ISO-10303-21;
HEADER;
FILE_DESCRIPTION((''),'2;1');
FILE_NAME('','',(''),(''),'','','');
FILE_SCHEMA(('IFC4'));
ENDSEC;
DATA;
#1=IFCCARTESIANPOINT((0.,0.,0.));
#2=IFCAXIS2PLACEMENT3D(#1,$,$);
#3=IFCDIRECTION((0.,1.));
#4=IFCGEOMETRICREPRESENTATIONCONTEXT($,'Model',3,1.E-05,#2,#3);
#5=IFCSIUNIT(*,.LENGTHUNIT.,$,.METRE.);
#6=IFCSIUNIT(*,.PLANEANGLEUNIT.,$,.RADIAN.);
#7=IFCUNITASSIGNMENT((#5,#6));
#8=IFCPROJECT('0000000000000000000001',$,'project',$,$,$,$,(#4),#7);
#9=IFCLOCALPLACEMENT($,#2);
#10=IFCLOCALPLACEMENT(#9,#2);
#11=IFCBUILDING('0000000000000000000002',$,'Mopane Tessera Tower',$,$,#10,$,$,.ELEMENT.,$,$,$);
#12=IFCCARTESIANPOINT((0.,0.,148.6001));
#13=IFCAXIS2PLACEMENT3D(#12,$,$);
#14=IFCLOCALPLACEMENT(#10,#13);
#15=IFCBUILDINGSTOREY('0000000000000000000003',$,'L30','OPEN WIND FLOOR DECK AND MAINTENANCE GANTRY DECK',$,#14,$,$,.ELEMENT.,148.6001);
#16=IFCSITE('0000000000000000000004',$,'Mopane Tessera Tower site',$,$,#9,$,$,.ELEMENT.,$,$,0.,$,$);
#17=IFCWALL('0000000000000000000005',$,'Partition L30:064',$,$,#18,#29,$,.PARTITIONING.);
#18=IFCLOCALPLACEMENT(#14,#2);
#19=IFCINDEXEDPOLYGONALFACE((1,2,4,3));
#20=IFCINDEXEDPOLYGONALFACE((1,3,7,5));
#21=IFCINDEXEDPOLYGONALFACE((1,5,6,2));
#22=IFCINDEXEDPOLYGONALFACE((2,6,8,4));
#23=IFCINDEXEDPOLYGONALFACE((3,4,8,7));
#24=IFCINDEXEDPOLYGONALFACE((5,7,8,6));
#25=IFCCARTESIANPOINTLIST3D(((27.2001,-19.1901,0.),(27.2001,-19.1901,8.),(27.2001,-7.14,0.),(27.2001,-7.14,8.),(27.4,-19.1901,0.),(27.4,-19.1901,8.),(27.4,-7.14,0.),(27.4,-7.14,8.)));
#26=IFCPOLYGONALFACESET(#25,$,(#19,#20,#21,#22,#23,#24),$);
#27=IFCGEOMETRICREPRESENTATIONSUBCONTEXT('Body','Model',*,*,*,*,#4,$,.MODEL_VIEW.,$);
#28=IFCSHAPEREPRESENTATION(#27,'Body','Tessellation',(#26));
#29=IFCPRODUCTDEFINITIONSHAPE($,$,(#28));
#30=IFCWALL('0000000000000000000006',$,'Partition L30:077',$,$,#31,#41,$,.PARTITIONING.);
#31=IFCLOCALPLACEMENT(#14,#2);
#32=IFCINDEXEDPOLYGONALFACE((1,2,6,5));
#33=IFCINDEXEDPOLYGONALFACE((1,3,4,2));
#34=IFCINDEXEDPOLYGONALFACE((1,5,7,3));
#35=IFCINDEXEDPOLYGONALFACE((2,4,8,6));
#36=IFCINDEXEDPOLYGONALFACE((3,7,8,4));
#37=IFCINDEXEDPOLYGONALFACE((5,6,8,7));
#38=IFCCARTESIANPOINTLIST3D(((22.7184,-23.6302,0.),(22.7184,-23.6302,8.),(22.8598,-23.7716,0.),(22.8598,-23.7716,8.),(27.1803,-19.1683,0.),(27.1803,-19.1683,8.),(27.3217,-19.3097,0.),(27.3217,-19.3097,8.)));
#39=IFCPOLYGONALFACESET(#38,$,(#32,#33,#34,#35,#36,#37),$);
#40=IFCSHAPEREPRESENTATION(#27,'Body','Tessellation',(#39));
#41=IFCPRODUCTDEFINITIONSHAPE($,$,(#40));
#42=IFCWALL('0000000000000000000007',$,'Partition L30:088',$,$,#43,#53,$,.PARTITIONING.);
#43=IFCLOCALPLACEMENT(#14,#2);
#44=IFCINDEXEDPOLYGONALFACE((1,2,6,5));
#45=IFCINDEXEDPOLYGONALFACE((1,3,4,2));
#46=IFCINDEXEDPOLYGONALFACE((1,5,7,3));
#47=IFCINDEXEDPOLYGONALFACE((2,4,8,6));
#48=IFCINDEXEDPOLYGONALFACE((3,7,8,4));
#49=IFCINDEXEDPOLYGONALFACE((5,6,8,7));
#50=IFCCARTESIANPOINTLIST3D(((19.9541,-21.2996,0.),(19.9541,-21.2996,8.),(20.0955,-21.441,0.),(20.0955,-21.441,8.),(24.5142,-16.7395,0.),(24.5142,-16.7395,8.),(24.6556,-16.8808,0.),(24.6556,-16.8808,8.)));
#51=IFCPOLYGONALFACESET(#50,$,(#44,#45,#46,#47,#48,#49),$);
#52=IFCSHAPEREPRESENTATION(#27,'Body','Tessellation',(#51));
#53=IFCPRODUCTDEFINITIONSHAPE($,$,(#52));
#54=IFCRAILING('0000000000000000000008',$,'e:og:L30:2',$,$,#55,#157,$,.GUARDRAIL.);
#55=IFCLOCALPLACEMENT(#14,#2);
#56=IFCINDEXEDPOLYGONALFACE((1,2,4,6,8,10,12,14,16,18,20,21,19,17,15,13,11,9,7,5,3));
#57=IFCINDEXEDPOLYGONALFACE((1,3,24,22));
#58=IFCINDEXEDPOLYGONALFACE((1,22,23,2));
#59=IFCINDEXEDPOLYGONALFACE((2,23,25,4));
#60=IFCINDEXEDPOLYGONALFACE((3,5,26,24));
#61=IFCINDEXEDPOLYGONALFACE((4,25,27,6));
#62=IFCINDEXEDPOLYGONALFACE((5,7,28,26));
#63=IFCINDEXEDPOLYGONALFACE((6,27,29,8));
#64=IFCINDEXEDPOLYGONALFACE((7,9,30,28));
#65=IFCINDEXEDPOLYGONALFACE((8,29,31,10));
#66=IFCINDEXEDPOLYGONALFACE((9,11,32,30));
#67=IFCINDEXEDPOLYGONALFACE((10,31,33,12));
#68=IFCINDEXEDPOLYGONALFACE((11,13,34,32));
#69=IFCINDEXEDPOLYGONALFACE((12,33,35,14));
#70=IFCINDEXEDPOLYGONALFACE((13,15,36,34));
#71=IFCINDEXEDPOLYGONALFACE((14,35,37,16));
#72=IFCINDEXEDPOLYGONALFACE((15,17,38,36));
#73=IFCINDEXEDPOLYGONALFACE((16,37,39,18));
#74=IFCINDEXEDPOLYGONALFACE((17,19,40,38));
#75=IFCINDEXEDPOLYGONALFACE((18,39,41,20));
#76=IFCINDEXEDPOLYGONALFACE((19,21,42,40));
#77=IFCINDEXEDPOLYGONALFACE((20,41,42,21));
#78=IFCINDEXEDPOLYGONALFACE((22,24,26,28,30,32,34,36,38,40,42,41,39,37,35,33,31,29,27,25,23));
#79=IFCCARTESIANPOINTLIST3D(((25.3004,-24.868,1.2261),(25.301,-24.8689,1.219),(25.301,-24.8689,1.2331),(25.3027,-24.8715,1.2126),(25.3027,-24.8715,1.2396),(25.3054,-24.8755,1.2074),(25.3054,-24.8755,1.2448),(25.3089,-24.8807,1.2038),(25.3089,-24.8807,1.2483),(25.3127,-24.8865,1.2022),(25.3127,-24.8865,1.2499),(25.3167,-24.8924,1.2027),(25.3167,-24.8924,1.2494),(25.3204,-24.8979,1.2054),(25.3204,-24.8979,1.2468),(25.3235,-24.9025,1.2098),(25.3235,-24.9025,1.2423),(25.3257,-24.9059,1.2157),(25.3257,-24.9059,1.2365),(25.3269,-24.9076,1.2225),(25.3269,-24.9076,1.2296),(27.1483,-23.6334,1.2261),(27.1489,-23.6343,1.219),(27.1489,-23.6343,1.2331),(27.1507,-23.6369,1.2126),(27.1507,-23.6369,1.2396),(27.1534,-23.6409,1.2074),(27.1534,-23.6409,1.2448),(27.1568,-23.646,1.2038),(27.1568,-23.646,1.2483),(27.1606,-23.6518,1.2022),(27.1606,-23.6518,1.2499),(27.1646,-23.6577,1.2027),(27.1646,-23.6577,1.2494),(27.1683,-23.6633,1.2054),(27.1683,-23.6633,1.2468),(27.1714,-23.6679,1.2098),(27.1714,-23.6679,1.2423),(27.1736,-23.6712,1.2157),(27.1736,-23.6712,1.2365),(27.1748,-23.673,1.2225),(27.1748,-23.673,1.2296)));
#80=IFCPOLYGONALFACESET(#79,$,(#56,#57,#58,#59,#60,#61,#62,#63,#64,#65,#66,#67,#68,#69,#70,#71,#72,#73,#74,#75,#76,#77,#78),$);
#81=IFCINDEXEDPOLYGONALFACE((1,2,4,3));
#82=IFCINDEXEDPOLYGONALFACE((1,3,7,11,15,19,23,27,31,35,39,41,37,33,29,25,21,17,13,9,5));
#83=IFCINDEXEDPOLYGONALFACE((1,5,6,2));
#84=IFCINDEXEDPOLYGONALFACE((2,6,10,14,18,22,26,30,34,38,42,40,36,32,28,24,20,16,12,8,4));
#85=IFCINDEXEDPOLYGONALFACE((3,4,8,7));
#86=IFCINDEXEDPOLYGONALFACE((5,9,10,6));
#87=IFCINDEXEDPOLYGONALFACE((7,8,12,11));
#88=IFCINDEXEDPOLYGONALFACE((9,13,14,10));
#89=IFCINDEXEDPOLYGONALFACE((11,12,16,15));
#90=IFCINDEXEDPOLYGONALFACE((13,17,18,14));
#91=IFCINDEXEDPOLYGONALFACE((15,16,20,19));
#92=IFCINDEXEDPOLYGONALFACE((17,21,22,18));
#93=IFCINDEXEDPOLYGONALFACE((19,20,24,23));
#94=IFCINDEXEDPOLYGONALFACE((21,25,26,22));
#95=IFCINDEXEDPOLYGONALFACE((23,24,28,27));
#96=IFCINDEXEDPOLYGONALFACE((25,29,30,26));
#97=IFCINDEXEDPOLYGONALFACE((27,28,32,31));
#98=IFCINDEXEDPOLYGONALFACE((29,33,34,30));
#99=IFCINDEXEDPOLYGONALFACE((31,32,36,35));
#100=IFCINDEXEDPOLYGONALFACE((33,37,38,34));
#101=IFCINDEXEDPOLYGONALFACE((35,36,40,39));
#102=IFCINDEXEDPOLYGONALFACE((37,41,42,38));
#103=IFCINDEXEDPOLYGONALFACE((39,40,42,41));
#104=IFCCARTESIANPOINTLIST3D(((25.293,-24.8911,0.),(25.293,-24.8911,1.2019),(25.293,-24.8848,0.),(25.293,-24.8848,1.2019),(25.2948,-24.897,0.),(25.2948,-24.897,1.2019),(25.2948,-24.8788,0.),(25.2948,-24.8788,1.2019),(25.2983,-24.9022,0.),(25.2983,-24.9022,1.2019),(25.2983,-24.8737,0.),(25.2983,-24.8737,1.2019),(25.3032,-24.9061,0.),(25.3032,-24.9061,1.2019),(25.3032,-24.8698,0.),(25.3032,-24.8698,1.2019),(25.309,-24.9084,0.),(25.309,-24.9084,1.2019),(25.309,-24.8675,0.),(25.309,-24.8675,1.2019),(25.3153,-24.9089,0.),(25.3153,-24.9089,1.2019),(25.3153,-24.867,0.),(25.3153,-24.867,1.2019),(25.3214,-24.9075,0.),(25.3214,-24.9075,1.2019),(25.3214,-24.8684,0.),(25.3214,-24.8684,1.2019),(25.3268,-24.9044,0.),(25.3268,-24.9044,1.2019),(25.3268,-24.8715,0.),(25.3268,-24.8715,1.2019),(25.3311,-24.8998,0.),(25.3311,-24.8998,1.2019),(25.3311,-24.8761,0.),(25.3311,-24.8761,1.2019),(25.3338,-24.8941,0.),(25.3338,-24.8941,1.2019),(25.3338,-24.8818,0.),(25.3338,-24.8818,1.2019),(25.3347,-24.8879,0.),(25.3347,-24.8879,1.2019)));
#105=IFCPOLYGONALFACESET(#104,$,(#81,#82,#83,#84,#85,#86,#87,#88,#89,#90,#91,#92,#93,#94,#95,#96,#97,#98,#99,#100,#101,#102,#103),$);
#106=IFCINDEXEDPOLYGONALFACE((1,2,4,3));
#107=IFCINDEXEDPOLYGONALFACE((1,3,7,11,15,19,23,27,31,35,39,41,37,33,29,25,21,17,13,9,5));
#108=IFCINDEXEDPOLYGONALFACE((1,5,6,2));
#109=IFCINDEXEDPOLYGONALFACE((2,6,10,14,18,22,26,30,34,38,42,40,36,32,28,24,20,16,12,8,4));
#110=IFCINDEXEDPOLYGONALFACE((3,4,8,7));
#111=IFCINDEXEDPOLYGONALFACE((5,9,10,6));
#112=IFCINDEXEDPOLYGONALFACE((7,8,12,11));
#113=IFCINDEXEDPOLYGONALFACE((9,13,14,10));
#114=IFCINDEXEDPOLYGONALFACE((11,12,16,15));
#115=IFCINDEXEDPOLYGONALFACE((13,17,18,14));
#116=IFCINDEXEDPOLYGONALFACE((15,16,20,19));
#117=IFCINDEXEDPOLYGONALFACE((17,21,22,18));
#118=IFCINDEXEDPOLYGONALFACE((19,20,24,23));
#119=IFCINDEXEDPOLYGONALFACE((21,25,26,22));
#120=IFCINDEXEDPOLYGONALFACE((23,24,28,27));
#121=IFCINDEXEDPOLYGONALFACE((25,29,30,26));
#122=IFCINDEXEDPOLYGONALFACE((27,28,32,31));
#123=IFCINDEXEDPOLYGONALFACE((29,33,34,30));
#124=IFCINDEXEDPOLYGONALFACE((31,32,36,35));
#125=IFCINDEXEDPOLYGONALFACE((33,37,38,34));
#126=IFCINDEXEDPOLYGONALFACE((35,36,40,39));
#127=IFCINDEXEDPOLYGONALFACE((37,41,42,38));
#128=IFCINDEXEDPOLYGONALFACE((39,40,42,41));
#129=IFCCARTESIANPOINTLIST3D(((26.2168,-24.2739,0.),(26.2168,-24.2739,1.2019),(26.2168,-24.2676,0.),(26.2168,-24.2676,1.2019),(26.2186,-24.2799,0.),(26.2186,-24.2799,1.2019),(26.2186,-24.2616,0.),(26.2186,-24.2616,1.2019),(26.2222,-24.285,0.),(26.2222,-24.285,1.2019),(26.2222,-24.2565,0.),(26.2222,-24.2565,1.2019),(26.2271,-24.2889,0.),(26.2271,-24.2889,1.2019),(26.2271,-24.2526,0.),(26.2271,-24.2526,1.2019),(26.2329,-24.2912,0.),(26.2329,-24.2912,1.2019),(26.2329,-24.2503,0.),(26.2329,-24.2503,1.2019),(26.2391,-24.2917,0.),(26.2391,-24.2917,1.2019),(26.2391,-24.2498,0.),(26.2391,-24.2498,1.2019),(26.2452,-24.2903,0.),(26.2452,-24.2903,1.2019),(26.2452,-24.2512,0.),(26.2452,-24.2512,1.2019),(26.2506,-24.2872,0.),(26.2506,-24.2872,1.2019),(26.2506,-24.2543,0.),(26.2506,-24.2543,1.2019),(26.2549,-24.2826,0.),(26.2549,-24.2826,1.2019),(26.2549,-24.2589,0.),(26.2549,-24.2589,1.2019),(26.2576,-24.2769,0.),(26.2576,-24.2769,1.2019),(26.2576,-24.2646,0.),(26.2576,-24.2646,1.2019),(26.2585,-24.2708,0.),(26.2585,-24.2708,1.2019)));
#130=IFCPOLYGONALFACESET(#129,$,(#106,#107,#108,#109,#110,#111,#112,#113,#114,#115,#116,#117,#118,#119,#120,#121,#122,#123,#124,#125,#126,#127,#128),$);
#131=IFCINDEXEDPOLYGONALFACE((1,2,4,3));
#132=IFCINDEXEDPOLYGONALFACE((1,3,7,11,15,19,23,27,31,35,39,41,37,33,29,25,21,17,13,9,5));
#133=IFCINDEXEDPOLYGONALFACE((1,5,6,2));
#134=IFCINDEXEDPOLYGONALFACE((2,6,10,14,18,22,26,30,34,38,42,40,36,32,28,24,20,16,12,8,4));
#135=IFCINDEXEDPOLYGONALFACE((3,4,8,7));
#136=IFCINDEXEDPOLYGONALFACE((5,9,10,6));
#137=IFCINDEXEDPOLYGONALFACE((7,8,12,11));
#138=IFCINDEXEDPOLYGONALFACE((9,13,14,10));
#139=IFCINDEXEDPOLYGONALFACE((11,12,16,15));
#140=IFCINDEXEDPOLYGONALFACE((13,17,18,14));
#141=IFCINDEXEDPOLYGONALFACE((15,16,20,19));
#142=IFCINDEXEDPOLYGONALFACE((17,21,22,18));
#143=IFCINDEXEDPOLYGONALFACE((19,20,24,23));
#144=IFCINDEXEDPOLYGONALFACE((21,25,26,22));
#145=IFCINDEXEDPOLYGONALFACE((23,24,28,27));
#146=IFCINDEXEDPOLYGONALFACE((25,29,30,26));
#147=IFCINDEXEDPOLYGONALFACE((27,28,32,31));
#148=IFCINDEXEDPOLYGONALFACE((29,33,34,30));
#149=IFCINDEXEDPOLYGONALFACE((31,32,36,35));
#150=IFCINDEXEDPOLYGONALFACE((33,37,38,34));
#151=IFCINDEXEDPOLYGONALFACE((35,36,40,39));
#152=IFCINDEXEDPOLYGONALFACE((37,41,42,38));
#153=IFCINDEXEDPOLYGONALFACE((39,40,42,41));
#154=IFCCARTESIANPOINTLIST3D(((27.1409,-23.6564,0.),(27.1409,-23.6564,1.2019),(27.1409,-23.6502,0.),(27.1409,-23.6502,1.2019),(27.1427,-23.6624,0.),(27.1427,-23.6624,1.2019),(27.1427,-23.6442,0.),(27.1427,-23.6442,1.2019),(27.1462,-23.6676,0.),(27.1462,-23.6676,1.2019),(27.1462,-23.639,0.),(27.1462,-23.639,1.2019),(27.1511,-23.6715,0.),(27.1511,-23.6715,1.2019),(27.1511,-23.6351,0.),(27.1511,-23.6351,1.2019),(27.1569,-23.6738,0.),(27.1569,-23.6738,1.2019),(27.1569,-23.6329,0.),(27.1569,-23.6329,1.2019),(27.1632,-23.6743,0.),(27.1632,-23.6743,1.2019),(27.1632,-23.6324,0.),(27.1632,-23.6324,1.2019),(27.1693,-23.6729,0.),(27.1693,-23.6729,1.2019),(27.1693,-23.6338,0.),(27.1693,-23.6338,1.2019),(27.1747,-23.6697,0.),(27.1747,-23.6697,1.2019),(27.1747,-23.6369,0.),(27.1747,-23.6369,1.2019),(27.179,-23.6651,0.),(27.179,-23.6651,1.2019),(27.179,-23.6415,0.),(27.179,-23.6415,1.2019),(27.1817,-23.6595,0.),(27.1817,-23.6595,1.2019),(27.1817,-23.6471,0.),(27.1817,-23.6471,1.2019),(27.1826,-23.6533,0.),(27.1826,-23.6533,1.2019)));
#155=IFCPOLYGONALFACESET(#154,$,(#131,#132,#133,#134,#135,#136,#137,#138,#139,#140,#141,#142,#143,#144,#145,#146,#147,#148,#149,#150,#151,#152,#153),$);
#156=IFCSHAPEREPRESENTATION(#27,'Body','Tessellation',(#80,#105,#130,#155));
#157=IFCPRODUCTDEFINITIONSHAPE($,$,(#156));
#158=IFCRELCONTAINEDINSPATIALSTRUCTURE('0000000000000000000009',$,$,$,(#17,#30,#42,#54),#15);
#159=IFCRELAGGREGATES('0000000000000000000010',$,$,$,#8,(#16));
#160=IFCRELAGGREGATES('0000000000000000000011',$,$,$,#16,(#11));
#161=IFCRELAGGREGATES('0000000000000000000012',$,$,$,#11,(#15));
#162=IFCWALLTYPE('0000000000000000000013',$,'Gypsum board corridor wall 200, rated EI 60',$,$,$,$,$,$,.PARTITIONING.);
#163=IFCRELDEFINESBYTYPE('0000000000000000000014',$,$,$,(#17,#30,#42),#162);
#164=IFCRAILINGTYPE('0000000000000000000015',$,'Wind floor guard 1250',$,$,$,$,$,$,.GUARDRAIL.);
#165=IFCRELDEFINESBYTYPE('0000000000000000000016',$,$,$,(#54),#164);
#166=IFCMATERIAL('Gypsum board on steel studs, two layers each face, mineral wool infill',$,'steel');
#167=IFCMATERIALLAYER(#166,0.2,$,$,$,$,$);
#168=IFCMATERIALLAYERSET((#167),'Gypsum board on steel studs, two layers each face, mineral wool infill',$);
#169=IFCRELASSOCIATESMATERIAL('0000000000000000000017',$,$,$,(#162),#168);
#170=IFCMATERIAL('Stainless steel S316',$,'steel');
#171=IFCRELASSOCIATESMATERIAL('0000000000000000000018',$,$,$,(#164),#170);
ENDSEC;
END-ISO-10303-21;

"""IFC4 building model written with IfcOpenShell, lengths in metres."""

from ifc_helpers import new_model, si_unit, direction, frame, frame_2d, origin, origin_2d, place, context, subcontext, project, spatial, rectangle, circle, extrude, material, layer, layer_set, type_object, element, save


model = new_model("IFC4")

# Units and contexts
model_context = context("Model", 3, precision=1e-05, world=origin(), true_north=direction((0.0, 1.0)))
body_context = subcontext(model_context, "Body", "Model", "MODEL_VIEW")
ifc_project = project(units=[si_unit("LENGTHUNIT", "METRE"), si_unit("PLANEANGLEUNIT", "RADIAN")], contexts=[model_context])

# Site, building, storey
site_placement = place(None, origin())
site = spatial("IfcSite", under=ifc_project, at=site_placement, Name="Mopane Tessera Tower site", CompositionType="ELEMENT", RefElevation=0.0)
building_placement = place(site_placement, origin())
building = spatial("IfcBuilding", under=site, at=building_placement, Name="Mopane Tessera Tower", CompositionType="ELEMENT")
storey_placement = place(building_placement, frame((0.0, 0.0, 148.6001)))
storey = spatial("IfcBuildingStorey", under=building, at=storey_placement, Name="L30", Description="OPEN WIND FLOOR DECK AND MAINTENANCE GANTRY DECK", CompositionType="ELEMENT", Elevation=148.6001)

# Walls
ifc_material_1 = material(Name="Gypsum board on steel studs, two layers each face, mineral wool infill", Category="steel")
ifc_layer_1 = layer(ifc_material_1, 0.2)
ifc_layer_set_1 = layer_set([ifc_layer_1], Name="Gypsum board on steel studs, two layers each face, mineral wool infill")
wall_type = type_object("IfcWallType", Name="Gypsum board corridor wall 200, rated EI 60", PredefinedType="PARTITIONING", material=ifc_layer_set_1)
wall_1_placement = place(storey_placement, frame((27.3, -19.1899, 0.0), z_axis=(0.0, 0.0, 1.0), x_axis=(0.0, 1.0, 0.0)))
element("IfcWall", 1, at=wall_1_placement, inside=storey, type_object=wall_type, Name="Partition L30:064", PredefinedType="PARTITIONING", context=body_context, shape_type="SweptSolid", body=[
    extrude(rectangle(XDim=12.05, YDim=0.2, at=frame_2d((6.0249, 0.0))), origin(), (0.0, 0.0, 1.0), 8.0),
])
wall_2_placement = place(storey_placement, frame((27.251, -19.239, 0.0), z_axis=(0.0, 0.0, 1.0), x_axis=(-0.707107, -0.707107, 0.0)))
element("IfcWall", 2, at=wall_2_placement, inside=storey, type_object=wall_type, Name="Partition L30:077", PredefinedType="PARTITIONING", context=body_context, shape_type="SweptSolid", body=[
    extrude(rectangle(XDim=6.3101, YDim=0.2, at=frame_2d((3.155, 0.0))), origin(), (0.0, 0.0, 1.0), 8.0),
])
wall_3_placement = place(storey_placement, frame((24.585, -16.8101, 0.0), z_axis=(0.0, 0.0, 1.0), x_axis=(-0.707107, -0.707107, 0.0)))
element("IfcWall", 3, at=wall_3_placement, inside=storey, type_object=wall_type, Name="Partition L30:088", PredefinedType="PARTITIONING", context=body_context, shape_type="SweptSolid", body=[
    extrude(rectangle(XDim=6.449, YDim=0.2, at=frame_2d((3.2246, 0.0))), origin(), (0.0, 0.0, 1.0), 8.0),
])

# Railing
ifc_material_2 = material(Name="Stainless steel S316", Category="steel")
railing_type = type_object("IfcRailingType", Name="Wind floor guard 1250", PredefinedType="GUARDRAIL", material=ifc_material_2)
railing_1_placement = place(storey_placement, frame((25.3137, -24.8879, 0.0)))
element("IfcRailing", 4, at=railing_1_placement, inside=storey, type_object=railing_type, Name="e:og:L30:2", PredefinedType="GUARDRAIL", context=body_context, shape_type="SweptSolid", body=[
    extrude(circle(Radius=0.0239, at=origin_2d()), frame((0.0, 0.0, 1.2261), z_axis=(0.831492, 0.555537, 0.0), x_axis=(-0.555537, 0.831492, 0.0)), (0.0, 0.0, 1.0), 2.2224),
    extrude(circle(Radius=0.021, at=origin_2d()), origin(), (0.0, 0.0, 1.0), 1.2019),
    extrude(circle(Radius=0.021, at=origin_2d()), frame((0.9238, 0.6172, 0.0)), (0.0, 0.0, 1.0), 1.2019),
    extrude(circle(Radius=0.021, at=origin_2d()), frame((1.8479, 1.2346, 0.0)), (0.0, 0.0, 1.0), 1.2019),
])

save(model, "model.ifc")
